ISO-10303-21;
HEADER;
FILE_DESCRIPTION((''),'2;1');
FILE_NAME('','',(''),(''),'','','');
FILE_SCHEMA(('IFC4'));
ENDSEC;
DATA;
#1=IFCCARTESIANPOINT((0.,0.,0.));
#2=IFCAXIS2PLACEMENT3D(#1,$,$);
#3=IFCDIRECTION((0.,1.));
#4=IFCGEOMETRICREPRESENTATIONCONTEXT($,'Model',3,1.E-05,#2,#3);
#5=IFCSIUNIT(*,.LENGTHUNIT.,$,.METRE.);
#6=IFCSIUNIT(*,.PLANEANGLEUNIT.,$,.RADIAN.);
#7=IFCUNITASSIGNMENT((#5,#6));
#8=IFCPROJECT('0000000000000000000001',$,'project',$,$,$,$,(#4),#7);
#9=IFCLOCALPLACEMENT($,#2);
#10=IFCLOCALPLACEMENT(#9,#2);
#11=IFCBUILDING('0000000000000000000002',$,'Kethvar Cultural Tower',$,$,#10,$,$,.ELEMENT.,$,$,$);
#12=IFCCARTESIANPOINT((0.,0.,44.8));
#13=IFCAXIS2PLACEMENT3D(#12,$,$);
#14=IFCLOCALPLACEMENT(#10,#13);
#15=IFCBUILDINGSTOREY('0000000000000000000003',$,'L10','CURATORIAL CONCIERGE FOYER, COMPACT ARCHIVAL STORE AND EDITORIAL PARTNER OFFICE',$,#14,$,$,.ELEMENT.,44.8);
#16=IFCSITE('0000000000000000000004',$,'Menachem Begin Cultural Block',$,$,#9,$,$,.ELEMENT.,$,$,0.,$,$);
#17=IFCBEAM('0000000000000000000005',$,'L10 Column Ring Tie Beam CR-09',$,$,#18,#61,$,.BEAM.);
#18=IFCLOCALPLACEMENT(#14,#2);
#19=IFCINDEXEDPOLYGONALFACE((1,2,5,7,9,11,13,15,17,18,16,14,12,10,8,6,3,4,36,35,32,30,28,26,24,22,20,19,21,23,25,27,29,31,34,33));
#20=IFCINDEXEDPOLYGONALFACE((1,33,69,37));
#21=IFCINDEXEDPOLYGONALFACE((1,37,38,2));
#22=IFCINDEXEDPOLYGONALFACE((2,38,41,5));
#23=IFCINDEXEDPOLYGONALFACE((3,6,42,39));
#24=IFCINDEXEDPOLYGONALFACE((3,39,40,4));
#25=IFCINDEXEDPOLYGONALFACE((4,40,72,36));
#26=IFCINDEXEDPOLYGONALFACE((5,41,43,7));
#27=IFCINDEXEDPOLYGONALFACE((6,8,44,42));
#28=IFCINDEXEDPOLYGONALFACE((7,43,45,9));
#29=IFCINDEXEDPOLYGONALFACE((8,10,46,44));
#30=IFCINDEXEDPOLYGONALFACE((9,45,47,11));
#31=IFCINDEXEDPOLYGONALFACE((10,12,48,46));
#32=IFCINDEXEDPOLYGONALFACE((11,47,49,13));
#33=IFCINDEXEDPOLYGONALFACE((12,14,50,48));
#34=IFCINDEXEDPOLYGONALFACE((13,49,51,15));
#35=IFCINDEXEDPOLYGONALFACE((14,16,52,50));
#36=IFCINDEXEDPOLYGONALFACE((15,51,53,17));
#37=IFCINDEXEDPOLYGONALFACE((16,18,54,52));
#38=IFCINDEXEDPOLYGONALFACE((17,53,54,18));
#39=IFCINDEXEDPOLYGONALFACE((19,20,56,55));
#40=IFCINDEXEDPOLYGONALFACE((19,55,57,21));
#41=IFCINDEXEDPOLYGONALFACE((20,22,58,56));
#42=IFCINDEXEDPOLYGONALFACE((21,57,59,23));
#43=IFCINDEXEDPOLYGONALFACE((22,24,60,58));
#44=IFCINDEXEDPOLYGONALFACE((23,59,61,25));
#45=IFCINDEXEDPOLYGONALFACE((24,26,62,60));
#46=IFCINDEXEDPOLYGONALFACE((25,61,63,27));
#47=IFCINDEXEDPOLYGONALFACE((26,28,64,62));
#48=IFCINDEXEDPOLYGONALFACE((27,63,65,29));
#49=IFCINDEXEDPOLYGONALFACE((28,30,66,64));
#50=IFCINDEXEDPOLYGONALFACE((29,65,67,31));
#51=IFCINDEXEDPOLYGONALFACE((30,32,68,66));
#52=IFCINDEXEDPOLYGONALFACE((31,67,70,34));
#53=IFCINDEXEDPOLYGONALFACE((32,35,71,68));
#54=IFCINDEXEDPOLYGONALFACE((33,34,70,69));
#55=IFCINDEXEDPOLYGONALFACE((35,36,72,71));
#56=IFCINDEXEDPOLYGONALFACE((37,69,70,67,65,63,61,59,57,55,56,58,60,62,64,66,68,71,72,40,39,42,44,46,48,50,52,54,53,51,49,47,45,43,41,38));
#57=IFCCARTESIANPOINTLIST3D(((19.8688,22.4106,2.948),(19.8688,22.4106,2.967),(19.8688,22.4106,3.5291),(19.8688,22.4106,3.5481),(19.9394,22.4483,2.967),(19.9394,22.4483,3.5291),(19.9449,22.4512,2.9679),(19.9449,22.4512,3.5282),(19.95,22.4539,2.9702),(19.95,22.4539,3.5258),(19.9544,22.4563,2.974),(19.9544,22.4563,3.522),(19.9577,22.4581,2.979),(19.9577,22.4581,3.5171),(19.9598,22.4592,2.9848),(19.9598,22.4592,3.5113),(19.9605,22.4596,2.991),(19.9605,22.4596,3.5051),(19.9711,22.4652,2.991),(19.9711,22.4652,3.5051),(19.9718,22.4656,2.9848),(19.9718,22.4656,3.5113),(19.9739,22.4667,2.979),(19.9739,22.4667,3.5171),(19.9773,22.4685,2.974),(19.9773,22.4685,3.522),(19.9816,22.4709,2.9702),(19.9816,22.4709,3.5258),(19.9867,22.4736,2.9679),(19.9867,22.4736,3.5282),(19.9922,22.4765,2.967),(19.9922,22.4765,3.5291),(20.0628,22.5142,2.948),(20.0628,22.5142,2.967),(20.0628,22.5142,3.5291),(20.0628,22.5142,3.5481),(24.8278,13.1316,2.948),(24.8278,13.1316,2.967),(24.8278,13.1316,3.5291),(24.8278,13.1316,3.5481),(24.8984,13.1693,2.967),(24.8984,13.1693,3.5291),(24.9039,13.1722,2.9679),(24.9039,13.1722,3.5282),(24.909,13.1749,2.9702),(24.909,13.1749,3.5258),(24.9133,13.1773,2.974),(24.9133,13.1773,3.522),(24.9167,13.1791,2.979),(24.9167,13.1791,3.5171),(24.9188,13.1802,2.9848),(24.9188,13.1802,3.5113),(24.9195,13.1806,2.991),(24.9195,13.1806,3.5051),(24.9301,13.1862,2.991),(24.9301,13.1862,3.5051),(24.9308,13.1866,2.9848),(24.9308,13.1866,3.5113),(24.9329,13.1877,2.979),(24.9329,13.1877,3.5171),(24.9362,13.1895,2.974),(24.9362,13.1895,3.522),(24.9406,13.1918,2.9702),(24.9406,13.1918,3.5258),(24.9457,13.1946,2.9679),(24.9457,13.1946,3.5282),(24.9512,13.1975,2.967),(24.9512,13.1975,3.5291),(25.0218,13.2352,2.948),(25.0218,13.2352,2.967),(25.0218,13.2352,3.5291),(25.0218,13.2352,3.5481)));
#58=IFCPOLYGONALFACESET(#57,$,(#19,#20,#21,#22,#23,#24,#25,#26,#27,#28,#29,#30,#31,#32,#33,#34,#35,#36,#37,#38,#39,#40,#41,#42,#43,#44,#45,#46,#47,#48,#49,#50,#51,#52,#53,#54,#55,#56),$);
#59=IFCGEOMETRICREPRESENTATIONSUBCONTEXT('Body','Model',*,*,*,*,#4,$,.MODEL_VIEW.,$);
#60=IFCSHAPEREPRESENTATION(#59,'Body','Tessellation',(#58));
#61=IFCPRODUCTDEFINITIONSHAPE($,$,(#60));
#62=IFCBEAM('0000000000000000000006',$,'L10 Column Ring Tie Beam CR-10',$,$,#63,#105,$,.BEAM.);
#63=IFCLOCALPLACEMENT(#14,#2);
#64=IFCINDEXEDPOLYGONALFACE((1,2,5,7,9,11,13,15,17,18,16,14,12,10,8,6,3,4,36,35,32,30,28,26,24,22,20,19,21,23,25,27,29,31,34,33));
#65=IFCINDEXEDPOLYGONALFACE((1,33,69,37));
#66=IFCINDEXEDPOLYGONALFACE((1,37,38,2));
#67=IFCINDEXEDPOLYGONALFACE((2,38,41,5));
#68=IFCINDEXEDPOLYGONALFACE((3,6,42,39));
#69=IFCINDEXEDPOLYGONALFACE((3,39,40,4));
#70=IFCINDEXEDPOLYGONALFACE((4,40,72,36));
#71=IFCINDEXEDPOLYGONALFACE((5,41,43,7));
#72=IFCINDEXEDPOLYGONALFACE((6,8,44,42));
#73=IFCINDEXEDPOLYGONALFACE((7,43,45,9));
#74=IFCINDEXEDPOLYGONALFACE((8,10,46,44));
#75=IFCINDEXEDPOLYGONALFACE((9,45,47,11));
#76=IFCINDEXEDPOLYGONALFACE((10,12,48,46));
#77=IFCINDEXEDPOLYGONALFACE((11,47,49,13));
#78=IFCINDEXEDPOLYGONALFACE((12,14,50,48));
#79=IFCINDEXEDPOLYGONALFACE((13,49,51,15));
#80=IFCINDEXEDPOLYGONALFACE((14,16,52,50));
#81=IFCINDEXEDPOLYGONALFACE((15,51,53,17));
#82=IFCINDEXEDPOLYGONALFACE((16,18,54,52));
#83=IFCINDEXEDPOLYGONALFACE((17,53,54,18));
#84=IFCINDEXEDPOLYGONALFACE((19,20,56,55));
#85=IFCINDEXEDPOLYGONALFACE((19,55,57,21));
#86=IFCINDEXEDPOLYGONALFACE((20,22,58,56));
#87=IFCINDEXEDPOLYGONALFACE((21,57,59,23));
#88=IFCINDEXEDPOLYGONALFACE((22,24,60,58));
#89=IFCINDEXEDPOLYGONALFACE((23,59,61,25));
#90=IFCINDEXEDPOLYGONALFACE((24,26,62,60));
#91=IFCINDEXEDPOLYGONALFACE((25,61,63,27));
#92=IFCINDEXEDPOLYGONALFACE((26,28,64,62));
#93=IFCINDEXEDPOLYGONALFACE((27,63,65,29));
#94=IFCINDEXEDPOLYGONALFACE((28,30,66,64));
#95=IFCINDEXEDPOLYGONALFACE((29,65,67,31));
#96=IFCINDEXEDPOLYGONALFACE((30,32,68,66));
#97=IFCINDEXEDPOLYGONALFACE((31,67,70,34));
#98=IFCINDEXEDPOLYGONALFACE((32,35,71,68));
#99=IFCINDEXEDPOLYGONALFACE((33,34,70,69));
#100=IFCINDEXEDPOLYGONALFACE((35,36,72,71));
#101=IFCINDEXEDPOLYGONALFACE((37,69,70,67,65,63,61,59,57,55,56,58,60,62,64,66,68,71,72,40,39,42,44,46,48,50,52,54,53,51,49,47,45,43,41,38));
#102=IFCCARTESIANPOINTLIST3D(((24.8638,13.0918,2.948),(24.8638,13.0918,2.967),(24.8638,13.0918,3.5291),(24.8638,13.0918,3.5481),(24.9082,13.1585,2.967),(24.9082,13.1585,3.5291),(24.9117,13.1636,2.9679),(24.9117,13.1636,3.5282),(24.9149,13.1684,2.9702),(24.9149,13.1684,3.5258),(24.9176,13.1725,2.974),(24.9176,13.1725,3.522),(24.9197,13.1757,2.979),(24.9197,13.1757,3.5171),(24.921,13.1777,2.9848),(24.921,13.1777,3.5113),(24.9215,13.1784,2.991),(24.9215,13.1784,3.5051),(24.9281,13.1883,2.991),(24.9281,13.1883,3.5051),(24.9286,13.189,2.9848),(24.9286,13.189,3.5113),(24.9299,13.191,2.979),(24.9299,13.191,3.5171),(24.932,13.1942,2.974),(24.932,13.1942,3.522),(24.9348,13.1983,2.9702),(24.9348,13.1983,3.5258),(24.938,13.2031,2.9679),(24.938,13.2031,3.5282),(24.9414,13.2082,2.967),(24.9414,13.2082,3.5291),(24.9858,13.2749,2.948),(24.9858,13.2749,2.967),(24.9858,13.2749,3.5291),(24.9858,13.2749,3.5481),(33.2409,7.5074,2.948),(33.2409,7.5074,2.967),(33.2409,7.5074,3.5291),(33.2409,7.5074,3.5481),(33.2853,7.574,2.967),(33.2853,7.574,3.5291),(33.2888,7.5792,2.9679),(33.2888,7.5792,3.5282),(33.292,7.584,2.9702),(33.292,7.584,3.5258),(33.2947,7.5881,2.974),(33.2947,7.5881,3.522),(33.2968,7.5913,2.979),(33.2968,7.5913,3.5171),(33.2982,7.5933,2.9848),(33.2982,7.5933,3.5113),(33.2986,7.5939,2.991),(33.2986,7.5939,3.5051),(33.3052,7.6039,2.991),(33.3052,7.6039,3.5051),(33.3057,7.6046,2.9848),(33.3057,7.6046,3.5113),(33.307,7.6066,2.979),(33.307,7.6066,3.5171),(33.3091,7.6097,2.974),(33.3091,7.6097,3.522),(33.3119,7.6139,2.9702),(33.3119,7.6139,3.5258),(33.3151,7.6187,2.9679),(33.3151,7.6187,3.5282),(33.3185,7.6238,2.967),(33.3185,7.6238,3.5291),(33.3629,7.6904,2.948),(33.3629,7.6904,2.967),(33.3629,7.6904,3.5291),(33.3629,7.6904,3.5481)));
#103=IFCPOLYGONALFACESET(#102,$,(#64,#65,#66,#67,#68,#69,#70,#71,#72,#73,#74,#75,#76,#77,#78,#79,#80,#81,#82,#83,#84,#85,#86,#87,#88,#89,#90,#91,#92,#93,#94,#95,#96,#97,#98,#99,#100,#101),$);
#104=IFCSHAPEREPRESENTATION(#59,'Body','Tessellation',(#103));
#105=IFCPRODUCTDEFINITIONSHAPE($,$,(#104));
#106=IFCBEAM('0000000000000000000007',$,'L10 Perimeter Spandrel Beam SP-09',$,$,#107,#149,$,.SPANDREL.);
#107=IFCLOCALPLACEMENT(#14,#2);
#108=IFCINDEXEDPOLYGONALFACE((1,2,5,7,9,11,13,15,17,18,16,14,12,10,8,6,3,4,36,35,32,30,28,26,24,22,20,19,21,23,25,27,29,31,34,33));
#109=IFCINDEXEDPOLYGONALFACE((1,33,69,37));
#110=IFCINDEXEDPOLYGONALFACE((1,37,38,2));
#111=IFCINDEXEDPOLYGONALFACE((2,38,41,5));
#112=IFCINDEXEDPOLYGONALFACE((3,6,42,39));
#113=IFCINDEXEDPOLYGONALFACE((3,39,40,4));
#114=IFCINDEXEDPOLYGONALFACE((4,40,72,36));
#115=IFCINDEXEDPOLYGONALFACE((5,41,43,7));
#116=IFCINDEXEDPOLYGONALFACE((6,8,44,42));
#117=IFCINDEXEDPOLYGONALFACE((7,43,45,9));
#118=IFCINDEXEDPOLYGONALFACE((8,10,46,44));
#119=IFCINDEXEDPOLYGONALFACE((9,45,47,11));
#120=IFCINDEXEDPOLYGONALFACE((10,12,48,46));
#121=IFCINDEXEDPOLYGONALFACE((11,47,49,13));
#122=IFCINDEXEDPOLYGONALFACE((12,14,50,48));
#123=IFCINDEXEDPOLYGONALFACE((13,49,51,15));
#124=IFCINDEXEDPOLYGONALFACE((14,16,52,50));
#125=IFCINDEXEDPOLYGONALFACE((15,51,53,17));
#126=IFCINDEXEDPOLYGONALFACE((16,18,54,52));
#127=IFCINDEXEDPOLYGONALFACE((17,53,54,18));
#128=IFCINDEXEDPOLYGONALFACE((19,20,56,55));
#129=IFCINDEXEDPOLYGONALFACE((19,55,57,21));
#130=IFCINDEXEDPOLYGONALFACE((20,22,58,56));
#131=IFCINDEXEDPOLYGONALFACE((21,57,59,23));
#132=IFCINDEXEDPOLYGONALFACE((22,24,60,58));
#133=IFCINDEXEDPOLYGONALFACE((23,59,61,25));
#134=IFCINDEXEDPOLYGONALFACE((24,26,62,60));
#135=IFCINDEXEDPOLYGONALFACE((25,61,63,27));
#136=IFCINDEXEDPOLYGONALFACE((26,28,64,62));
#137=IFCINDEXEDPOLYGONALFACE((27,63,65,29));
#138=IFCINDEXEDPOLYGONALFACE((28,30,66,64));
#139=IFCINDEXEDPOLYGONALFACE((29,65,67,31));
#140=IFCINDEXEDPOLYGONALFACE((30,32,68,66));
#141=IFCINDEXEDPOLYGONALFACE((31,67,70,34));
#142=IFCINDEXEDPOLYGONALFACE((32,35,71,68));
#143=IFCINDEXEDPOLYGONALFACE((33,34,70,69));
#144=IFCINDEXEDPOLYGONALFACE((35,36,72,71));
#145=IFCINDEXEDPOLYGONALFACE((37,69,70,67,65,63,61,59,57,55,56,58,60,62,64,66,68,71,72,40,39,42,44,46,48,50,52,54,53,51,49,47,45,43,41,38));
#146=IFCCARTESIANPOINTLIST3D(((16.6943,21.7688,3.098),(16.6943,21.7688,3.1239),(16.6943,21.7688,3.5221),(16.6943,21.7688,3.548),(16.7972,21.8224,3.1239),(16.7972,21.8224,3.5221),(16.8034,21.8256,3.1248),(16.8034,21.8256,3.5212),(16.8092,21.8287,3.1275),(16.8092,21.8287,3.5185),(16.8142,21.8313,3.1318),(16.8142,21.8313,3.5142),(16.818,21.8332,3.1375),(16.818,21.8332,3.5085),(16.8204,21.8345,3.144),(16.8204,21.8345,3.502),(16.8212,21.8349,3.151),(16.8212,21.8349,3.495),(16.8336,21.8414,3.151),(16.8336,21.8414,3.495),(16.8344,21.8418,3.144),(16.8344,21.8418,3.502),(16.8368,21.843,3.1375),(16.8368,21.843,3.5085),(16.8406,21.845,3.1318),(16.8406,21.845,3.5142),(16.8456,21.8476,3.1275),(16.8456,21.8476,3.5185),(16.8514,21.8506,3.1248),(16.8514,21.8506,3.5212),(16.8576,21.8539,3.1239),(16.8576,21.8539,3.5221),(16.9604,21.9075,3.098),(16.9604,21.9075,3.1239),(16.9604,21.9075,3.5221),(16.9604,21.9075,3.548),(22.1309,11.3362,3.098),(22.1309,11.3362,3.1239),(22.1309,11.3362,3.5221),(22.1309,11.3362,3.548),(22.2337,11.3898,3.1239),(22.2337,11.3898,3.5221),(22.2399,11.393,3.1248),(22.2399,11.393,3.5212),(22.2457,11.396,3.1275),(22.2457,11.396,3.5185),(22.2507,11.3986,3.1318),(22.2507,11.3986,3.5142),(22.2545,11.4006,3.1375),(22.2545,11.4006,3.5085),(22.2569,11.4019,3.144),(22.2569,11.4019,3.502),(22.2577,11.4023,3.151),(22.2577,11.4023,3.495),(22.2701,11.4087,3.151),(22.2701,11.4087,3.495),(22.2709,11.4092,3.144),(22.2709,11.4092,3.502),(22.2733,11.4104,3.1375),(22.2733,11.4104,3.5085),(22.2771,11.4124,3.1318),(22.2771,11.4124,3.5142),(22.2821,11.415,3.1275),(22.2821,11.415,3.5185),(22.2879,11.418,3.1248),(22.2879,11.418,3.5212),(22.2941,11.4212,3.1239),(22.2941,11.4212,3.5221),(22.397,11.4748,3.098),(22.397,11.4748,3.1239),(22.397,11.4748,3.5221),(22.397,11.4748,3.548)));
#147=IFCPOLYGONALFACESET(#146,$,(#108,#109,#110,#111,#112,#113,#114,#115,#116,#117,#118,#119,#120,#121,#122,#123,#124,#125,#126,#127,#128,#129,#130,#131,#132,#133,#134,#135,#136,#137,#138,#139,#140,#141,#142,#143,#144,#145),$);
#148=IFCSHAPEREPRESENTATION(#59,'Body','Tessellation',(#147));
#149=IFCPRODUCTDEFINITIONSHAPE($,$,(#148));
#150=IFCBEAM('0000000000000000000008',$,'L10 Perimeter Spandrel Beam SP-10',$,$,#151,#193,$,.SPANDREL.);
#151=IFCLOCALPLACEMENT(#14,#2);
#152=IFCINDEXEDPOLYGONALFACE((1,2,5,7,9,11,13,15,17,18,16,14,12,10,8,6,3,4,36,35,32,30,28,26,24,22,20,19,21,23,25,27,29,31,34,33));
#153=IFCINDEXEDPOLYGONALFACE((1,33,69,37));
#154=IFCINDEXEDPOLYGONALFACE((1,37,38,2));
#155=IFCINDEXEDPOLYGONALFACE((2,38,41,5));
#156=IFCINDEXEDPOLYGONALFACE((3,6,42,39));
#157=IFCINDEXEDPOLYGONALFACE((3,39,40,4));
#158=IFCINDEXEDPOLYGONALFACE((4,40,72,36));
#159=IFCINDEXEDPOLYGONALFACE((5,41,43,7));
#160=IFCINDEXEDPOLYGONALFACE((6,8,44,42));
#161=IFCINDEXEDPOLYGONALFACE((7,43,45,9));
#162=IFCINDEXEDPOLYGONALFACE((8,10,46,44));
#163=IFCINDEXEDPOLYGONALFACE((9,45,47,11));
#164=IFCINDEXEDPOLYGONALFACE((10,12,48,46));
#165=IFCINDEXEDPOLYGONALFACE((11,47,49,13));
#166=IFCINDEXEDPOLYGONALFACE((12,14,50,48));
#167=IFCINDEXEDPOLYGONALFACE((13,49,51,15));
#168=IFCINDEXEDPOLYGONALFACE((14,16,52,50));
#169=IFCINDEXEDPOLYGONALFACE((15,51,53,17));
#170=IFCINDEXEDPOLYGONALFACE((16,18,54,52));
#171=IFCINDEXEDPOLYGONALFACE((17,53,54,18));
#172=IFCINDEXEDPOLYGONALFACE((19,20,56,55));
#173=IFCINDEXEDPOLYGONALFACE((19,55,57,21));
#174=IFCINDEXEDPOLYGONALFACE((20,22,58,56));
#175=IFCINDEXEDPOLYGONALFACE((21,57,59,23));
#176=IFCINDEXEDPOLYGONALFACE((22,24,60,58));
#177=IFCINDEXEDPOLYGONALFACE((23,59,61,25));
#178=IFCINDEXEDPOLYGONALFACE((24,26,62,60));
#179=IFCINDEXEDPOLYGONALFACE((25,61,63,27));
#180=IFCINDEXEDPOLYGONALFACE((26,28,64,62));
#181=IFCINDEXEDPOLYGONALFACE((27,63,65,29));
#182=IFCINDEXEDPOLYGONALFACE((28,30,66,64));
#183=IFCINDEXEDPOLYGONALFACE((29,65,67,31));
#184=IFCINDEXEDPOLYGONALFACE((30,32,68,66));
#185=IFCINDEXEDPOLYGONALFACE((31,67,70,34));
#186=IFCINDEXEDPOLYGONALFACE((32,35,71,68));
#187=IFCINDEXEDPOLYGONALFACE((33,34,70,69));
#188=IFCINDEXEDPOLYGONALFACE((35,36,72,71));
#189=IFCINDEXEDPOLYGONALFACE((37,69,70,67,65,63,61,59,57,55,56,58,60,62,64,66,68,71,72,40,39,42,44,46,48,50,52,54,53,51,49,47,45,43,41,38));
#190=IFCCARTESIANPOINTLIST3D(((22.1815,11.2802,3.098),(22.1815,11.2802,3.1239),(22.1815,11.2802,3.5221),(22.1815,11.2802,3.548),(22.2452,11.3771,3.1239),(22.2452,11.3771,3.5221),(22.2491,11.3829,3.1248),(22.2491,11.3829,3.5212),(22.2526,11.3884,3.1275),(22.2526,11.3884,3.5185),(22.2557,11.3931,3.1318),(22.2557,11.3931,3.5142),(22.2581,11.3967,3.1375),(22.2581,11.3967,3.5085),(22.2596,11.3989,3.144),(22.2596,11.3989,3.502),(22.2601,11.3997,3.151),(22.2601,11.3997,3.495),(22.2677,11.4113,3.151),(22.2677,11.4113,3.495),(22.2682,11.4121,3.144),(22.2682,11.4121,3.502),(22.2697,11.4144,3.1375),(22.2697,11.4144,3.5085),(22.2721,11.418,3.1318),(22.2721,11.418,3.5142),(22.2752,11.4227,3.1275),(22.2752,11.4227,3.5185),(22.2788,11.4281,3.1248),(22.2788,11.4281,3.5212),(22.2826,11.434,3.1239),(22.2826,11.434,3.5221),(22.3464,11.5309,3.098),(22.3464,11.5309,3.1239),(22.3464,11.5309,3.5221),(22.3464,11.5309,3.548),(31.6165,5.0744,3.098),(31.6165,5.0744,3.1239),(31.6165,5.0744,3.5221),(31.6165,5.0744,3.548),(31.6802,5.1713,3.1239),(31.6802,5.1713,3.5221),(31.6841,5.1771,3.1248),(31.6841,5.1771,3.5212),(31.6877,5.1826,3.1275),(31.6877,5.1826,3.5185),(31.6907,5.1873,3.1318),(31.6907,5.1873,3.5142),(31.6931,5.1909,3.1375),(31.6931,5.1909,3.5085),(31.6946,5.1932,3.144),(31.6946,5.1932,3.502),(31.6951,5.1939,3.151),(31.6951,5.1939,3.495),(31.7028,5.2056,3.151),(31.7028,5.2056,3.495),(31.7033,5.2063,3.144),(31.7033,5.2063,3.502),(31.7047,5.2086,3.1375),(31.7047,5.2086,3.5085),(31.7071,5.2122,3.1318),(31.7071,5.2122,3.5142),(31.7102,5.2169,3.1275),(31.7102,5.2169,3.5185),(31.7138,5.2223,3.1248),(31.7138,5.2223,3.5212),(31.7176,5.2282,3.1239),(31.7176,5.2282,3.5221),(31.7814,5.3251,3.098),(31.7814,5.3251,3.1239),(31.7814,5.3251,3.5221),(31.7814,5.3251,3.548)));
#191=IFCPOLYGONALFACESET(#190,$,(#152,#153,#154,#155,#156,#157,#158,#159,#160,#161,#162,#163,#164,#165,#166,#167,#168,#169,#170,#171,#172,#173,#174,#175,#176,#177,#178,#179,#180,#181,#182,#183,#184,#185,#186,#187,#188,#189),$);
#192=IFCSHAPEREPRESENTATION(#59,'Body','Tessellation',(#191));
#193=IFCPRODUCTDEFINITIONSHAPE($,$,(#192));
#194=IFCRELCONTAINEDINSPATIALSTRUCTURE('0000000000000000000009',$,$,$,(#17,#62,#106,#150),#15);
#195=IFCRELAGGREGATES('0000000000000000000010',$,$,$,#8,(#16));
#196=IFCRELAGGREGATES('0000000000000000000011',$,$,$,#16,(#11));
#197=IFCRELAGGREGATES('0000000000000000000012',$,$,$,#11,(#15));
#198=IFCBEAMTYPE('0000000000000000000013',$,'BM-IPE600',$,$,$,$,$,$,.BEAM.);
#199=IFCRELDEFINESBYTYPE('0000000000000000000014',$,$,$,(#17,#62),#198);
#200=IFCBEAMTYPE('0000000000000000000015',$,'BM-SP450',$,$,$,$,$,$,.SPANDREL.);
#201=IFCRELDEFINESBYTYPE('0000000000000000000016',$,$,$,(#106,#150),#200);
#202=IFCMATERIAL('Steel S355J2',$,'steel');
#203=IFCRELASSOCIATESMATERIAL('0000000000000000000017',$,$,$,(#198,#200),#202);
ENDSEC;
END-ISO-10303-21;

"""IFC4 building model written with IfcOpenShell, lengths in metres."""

from ifc_helpers import new_model, si_unit, direction, frame, origin, origin_2d, place, context, subcontext, project, spatial, i_section, extrude, source, transform, mapped, material, material_profile, profile_set, type_object, element, save


model = new_model("IFC4")

# Units and contexts
model_context = context("Model", 3, precision=1e-05, world=origin(), true_north=direction((0.0, 1.0)))
body_context = subcontext(model_context, "Body", "Model", "MODEL_VIEW")
ifc_project = project(units=[si_unit("LENGTHUNIT", "METRE"), si_unit("PLANEANGLEUNIT", "RADIAN")], contexts=[model_context])

# Site, building, storey
site_placement = place(None, origin())
site = spatial("IfcSite", under=ifc_project, at=site_placement, Name="Menachem Begin Cultural Block", CompositionType="ELEMENT", RefElevation=0.0)
building_placement = place(site_placement, origin())
building = spatial("IfcBuilding", under=site, at=building_placement, Name="Kethvar Cultural Tower", CompositionType="ELEMENT")
storey_placement = place(building_placement, frame((0.0, 0.0, 44.8)))
storey = spatial("IfcBuildingStorey", under=building, at=storey_placement, Name="L10", Description="CURATORIAL CONCIERGE FOYER, COMPACT ARCHIVAL STORE AND EDITORIAL PARTNER OFFICE", CompositionType="ELEMENT", Elevation=44.8)

# Beams
ifc_material_1 = material(Name="Steel S355J2", Category="steel")
ifc_material_profile_1 = material_profile(ifc_material_1, i_section(OverallWidth=0.22, OverallDepth=0.6001, WebThickness=0.012, FlangeThickness=0.019, FilletRadius=0.0239, at=origin_2d()), Name="Steel S355J2 — IPE600")
ifc_profile_set_1 = profile_set([ifc_material_profile_1], Name="Steel S355J2 — IPE600")
beam_type_1 = type_object("IfcBeamType", Name="BM-IPE600", PredefinedType="BEAM", material=ifc_profile_set_1)
shared_shape_1 = source(origin(), body_context, "Body", "SweptSolid", [
    extrude(i_section(OverallWidth=0.22, OverallDepth=0.6001, WebThickness=0.012, FlangeThickness=0.019, FilletRadius=0.0239, at=origin_2d()), origin(), (0.0, 0.0, 1.0), 10.521),
])
beam_1_placement = place(storey_placement, frame((19.9658, 22.4624, 3.248), z_axis=(0.47134, -0.881952, 0.0), x_axis=(0.881952, 0.47134, 0.0)))
element("IfcBeam", 1, at=beam_1_placement, inside=storey, type_object=beam_type_1, Name="L10 Column Ring Tie Beam CR-09", PredefinedType="BEAM", context=body_context, shape_type="MappedRepresentation", body=[
    mapped(shared_shape_1, transform((0.0, 0.0, 0.0), scale=1.0)),
])
shared_shape_2 = source(origin(), body_context, "Body", "SweptSolid", [
    extrude(i_section(OverallWidth=0.22, OverallDepth=0.6001, WebThickness=0.012, FlangeThickness=0.019, FilletRadius=0.0239, at=origin_2d()), origin(), (0.0, 0.0, 1.0), 10.0679),
])
beam_2_placement = place(storey_placement, frame((24.9248, 13.1833, 3.248), z_axis=(0.832065, -0.554678, 0.0), x_axis=(0.554678, 0.832065, 0.0)))
element("IfcBeam", 2, at=beam_2_placement, inside=storey, type_object=beam_type_1, Name="L10 Column Ring Tie Beam CR-10", PredefinedType="BEAM", context=body_context, shape_type="MappedRepresentation", body=[
    mapped(shared_shape_2, transform((0.0, 0.0, 0.0), scale=1.0)),
])
ifc_material_profile_2 = material_profile(ifc_material_1, i_section(OverallWidth=0.3, OverallDepth=0.45, WebThickness=0.0139, FlangeThickness=0.0259, FilletRadius=0.0271, at=origin_2d()), Name="Steel S355J2 — HEB450")
ifc_profile_set_2 = profile_set([ifc_material_profile_2], Name="Steel S355J2 — HEB450")
beam_type_2 = type_object("IfcBeamType", Name="BM-SP450", PredefinedType="SPANDREL", material=ifc_profile_set_2)
shared_shape_3 = source(origin(), body_context, "Body", "SweptSolid", [
    extrude(i_section(OverallWidth=0.3, OverallDepth=0.45, WebThickness=0.0139, FlangeThickness=0.0259, FilletRadius=0.0271, at=origin_2d()), origin(), (0.0, 0.0, 1.0), 11.7642),
])
beam_3_placement = place(storey_placement, frame((16.8274, 21.8381, 3.323), z_axis=(0.462126, -0.886814, 0.0), x_axis=(0.886814, 0.462126, 0.0)))
element("IfcBeam", 3, at=beam_3_placement, inside=storey, type_object=beam_type_2, Name="L10 Perimeter Spandrel Beam SP-09", PredefinedType="SPANDREL", context=body_context, shape_type="MappedRepresentation", body=[
    mapped(shared_shape_3, transform((0.0, 0.0, 0.0), scale=1.0)),
])
shared_shape_4 = source(origin(), body_context, "Body", "SweptSolid", [
    extrude(i_section(OverallWidth=0.3, OverallDepth=0.45, WebThickness=0.0139, FlangeThickness=0.0259, FilletRadius=0.0271, at=origin_2d()), origin(), (0.0, 0.0, 1.0), 11.293),
])
beam_4_placement = place(storey_placement, frame((22.2639, 11.4055, 3.323), z_axis=(0.835477, -0.549526, 0.0), x_axis=(0.549526, 0.835477, 0.0)))
element("IfcBeam", 4, at=beam_4_placement, inside=storey, type_object=beam_type_2, Name="L10 Perimeter Spandrel Beam SP-10", PredefinedType="SPANDREL", context=body_context, shape_type="MappedRepresentation", body=[
    mapped(shared_shape_4, transform((0.0, 0.0, 0.0), scale=1.0)),
])

save(model, "model.ifc")
